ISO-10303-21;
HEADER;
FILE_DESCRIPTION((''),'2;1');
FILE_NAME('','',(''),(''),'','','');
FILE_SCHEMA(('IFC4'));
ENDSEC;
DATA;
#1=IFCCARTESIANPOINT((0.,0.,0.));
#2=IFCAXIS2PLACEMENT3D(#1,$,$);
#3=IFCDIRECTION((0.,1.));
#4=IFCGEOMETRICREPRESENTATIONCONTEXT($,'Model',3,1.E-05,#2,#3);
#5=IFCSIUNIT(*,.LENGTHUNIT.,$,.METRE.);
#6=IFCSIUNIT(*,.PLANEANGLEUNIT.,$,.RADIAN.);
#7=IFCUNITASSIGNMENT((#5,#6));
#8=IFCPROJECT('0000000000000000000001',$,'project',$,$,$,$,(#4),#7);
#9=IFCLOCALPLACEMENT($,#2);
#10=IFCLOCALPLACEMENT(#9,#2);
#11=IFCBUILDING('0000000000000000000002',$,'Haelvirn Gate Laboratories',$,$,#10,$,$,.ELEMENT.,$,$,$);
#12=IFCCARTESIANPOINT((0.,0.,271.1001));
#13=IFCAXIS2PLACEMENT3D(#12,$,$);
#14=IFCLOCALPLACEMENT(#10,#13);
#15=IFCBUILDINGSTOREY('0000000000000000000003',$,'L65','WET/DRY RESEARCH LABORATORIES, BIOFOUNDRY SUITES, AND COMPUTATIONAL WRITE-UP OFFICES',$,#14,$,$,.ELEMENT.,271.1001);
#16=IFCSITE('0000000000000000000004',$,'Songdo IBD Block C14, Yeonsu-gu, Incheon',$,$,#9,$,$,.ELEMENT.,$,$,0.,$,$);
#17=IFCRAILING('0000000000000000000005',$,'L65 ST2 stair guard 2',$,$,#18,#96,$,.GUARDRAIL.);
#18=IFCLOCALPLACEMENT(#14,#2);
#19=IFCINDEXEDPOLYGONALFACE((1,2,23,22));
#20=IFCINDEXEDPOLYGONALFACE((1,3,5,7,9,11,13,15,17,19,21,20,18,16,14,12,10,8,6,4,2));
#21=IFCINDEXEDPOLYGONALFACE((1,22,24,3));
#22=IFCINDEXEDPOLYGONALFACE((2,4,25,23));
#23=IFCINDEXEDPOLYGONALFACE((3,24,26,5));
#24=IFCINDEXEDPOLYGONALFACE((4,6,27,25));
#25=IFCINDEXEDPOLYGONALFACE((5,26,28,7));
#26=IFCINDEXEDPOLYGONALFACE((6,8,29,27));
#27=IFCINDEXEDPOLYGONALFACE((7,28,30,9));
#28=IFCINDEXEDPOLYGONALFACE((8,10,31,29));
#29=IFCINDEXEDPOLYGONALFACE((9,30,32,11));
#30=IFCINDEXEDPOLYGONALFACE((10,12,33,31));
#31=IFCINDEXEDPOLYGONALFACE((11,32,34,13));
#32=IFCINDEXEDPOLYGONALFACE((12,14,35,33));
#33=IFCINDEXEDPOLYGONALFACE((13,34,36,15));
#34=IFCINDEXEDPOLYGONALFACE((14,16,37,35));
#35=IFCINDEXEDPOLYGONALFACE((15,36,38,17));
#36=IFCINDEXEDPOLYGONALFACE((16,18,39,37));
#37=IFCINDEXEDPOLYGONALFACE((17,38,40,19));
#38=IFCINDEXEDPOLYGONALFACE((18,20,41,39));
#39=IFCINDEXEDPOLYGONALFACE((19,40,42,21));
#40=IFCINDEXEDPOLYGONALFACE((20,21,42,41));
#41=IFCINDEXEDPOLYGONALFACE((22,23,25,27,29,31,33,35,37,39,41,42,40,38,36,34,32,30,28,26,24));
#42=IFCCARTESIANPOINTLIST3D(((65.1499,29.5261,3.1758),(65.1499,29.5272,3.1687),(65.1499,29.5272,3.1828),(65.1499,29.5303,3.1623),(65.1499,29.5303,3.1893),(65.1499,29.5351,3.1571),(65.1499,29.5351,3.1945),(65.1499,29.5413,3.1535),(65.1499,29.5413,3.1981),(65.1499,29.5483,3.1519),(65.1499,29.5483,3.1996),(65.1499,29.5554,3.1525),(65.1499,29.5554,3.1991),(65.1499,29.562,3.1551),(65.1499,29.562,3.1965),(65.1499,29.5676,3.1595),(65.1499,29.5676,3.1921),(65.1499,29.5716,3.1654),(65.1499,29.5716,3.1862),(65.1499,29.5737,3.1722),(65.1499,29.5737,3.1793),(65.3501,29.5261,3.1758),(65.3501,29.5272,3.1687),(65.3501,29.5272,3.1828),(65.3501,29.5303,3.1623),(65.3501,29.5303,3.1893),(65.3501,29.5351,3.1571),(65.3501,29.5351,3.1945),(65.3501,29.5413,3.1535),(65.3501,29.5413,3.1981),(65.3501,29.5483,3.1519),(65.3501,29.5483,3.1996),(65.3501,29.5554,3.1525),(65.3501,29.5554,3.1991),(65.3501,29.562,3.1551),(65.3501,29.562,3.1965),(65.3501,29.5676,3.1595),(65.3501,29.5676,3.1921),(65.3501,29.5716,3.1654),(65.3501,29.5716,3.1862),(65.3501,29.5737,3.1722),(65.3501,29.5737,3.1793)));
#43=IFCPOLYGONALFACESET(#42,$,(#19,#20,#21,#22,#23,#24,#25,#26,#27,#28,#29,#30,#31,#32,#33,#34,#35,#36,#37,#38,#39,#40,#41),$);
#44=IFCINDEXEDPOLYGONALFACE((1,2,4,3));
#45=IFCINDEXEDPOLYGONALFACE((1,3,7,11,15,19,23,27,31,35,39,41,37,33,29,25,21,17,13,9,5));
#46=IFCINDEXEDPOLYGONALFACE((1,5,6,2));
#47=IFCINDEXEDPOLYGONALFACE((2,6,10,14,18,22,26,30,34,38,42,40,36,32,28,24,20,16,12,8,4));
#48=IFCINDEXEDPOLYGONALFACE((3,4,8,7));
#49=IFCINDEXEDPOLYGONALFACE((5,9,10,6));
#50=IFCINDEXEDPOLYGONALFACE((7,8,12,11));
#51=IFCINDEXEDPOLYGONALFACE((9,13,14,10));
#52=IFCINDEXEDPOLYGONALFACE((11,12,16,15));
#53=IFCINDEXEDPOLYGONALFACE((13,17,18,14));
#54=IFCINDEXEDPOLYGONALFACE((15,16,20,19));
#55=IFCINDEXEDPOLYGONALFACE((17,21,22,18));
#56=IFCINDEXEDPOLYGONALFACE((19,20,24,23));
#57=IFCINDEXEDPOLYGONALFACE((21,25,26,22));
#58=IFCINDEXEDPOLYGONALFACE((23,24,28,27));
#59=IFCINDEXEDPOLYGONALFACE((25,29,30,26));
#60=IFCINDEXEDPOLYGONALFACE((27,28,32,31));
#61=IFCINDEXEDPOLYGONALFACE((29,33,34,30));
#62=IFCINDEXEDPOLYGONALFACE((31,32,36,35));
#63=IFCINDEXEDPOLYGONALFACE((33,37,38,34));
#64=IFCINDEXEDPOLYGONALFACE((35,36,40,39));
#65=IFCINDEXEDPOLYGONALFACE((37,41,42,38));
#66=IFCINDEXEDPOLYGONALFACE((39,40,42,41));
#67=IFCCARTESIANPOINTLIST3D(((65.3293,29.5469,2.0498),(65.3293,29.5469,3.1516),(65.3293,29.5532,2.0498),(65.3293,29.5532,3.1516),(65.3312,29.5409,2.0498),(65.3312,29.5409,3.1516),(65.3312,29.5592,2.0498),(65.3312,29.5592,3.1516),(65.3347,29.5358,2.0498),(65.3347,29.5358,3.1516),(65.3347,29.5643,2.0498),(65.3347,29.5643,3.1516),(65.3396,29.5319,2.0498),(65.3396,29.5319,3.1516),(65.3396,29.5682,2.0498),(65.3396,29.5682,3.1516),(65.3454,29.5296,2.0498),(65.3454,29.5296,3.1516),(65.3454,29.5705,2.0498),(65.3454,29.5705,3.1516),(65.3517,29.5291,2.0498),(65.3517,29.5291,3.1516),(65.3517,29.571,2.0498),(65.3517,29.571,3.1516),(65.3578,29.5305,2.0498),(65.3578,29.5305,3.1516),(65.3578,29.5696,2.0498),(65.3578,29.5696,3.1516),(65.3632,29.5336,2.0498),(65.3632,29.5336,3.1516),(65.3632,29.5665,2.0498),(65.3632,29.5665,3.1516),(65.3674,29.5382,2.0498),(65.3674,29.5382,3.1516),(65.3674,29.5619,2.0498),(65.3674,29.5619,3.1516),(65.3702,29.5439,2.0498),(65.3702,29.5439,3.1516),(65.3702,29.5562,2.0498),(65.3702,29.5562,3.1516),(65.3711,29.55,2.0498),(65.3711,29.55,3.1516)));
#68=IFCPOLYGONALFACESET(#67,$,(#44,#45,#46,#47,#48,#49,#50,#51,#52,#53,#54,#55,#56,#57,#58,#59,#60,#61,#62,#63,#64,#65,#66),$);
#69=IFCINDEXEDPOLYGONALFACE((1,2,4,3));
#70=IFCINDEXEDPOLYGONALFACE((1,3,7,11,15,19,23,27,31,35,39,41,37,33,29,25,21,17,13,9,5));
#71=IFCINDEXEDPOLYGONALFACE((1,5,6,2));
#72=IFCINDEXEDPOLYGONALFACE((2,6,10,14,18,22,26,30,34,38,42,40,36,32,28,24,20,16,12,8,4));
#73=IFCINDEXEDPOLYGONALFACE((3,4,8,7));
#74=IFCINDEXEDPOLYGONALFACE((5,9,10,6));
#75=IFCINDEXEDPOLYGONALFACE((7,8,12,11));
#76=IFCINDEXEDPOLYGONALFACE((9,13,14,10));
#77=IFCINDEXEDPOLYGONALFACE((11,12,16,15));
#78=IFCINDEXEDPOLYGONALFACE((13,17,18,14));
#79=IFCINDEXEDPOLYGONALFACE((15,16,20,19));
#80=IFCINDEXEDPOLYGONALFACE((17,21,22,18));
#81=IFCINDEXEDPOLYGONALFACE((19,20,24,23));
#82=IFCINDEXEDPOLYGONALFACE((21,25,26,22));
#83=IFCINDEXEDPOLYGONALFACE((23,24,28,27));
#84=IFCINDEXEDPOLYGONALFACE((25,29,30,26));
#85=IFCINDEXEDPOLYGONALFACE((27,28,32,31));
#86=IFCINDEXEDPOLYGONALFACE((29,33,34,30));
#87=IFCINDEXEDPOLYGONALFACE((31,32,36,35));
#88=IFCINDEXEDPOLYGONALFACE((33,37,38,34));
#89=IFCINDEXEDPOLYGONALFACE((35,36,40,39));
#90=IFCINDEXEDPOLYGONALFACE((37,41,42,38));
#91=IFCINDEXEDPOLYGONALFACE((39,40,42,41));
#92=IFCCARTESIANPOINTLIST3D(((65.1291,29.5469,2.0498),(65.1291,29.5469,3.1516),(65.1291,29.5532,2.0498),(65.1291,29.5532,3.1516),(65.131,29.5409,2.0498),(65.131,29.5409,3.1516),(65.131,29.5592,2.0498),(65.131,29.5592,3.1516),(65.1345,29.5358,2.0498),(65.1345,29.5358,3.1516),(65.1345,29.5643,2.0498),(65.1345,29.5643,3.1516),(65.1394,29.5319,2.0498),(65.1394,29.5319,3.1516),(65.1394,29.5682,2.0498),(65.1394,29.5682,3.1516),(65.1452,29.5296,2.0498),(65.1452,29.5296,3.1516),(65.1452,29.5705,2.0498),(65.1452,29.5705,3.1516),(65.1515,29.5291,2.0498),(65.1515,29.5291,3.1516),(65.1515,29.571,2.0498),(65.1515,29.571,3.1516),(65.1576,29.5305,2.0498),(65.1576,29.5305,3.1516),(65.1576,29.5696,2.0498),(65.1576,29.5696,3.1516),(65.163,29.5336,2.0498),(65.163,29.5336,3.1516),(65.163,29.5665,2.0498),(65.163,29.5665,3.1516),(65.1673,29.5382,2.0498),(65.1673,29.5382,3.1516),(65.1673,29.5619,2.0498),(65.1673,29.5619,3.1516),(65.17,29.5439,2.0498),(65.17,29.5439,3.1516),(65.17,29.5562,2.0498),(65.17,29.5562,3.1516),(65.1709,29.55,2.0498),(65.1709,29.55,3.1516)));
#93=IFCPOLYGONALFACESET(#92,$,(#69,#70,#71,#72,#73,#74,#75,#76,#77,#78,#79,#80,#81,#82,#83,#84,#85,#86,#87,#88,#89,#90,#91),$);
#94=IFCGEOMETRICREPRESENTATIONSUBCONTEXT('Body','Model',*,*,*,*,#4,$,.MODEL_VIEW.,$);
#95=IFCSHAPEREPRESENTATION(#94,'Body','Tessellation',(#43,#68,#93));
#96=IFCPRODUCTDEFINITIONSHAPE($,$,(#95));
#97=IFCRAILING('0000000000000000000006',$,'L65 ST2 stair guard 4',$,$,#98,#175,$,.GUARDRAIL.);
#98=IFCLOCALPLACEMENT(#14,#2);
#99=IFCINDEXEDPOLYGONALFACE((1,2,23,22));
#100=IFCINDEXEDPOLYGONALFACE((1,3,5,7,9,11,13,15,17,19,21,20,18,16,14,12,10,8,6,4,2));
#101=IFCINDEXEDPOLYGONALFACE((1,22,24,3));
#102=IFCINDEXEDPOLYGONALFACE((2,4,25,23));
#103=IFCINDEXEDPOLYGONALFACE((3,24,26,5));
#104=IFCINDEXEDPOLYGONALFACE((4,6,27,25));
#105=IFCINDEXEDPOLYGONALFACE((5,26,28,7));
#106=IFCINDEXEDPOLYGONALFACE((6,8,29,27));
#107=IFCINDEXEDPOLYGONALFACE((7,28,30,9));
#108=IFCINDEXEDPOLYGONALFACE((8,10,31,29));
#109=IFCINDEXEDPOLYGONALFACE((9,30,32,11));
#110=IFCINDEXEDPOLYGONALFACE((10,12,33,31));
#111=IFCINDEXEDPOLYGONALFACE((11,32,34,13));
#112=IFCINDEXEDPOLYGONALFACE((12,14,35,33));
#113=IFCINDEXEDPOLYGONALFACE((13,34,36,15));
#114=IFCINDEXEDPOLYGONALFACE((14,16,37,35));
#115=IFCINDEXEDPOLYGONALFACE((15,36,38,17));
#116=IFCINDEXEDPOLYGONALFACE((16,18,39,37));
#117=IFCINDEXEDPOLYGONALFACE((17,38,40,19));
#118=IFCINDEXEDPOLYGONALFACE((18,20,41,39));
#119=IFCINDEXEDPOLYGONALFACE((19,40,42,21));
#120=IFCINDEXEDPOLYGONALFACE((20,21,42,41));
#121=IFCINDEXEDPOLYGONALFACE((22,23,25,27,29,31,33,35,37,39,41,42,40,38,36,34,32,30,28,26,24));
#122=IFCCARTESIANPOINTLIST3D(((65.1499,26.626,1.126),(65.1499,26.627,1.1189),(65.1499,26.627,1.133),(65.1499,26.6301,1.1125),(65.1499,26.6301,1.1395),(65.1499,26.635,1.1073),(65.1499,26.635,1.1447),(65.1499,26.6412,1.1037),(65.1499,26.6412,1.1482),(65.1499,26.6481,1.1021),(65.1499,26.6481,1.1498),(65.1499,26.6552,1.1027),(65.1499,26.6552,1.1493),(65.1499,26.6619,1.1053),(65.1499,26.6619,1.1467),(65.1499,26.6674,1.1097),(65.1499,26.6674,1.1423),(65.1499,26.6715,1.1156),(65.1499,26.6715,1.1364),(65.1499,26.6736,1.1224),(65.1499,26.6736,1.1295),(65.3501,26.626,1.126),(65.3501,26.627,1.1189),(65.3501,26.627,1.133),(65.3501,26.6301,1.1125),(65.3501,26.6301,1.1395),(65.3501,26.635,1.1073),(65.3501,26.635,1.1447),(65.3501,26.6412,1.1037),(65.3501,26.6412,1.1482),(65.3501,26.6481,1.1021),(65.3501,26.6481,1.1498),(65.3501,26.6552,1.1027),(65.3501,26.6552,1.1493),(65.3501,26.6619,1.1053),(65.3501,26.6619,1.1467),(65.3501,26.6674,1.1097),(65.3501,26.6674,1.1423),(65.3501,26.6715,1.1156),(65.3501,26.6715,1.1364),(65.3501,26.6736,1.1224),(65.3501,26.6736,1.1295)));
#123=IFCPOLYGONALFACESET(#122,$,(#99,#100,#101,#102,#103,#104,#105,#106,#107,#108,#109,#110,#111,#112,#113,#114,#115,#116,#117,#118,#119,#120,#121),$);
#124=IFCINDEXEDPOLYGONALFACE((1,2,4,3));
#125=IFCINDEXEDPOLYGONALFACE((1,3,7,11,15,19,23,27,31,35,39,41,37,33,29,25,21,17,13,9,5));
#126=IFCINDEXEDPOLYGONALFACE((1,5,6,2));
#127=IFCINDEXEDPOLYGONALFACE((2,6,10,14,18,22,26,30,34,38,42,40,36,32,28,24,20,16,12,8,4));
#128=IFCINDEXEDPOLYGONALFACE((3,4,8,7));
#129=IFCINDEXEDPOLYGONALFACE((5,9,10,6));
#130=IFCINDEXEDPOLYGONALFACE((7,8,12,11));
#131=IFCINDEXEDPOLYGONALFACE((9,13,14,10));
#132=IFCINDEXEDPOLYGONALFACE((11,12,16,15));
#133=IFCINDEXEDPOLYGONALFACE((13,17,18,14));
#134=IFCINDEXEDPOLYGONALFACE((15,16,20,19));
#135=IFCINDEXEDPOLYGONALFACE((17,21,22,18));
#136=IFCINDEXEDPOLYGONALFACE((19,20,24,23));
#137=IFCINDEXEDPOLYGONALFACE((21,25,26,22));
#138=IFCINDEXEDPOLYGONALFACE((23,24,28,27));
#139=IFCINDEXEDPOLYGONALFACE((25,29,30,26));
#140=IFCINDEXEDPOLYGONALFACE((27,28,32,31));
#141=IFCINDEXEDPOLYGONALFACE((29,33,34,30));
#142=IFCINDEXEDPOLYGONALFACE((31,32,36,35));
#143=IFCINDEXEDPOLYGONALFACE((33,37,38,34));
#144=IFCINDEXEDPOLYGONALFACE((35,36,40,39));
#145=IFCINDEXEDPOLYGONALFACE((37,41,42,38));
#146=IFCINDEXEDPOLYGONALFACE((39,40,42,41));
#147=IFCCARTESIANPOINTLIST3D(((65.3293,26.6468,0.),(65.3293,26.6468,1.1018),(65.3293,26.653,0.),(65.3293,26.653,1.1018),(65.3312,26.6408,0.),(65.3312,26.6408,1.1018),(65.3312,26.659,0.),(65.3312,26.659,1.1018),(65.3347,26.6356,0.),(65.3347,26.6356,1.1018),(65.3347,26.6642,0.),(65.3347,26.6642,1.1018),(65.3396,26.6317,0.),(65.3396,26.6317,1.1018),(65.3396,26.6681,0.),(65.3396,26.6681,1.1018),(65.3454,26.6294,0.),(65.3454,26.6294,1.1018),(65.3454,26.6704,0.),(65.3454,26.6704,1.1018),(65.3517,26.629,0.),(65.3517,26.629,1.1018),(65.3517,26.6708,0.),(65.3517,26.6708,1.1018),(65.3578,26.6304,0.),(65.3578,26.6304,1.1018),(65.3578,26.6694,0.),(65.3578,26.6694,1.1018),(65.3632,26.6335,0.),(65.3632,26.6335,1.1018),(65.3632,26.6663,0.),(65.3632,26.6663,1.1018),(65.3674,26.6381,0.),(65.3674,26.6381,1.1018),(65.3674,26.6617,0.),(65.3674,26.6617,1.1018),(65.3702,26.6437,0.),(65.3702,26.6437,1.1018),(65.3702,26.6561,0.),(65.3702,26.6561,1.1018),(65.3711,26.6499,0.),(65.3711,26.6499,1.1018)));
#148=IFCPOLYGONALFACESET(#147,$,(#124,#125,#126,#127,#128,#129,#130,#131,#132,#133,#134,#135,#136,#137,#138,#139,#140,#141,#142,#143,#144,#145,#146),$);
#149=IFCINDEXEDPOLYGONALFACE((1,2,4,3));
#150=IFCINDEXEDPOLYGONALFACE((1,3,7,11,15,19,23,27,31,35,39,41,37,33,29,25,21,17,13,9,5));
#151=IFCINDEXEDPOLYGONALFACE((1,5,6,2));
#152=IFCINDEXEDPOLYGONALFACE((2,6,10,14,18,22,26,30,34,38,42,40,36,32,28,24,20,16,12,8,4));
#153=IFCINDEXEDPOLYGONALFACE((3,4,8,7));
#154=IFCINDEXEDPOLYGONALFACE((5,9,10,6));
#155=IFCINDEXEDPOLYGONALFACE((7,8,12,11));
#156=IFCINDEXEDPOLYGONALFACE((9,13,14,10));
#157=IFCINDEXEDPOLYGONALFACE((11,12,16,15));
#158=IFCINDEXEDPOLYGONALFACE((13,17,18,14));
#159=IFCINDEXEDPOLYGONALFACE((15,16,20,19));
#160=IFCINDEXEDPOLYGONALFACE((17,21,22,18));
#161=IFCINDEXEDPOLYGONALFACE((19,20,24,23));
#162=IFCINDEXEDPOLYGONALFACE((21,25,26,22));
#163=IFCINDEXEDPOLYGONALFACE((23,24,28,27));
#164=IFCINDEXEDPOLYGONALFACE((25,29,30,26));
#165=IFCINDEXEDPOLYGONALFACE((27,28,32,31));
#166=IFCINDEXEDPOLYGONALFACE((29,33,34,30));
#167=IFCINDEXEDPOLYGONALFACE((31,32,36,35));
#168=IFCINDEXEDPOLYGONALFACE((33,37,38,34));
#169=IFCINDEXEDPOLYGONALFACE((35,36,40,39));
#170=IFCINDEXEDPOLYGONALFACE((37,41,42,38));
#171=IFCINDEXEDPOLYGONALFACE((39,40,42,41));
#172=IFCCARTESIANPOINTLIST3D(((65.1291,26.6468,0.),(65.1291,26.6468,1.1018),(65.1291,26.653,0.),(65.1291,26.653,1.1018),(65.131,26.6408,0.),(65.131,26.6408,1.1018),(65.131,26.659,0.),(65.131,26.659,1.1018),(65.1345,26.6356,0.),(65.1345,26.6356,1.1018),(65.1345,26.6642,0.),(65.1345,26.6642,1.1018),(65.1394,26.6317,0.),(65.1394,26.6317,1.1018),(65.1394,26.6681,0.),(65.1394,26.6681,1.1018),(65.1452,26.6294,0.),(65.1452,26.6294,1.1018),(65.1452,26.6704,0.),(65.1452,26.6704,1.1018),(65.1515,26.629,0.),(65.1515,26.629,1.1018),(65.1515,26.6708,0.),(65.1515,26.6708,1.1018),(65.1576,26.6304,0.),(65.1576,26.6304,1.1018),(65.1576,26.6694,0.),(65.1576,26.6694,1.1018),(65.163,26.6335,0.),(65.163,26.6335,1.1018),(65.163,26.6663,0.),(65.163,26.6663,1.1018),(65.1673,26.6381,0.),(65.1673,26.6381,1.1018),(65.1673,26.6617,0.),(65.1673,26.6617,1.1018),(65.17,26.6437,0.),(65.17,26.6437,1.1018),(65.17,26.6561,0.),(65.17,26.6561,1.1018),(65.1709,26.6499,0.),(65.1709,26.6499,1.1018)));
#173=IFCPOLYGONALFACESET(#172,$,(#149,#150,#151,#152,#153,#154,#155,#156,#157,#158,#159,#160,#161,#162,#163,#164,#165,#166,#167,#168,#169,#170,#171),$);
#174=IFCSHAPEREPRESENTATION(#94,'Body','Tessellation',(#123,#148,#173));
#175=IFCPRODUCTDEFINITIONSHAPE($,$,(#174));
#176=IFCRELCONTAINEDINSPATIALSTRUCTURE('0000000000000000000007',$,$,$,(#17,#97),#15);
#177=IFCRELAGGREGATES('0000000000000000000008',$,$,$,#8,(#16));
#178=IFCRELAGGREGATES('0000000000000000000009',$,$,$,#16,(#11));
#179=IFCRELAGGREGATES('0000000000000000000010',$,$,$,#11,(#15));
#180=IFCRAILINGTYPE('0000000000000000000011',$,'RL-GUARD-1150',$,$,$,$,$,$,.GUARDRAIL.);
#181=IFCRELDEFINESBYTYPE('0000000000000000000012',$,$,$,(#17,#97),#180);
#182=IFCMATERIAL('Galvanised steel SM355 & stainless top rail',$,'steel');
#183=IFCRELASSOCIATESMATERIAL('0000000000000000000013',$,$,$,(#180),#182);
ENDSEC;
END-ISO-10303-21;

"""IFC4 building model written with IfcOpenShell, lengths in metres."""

from ifc_helpers import new_model, si_unit, direction, frame, origin, origin_2d, place, context, subcontext, project, spatial, circle, extrude, source, transform, mapped, material, type_object, element, save


model = new_model("IFC4")

# Units and contexts
model_context = context("Model", 3, precision=1e-05, world=origin(), true_north=direction((0.0, 1.0)))
body_context = subcontext(model_context, "Body", "Model", "MODEL_VIEW")
ifc_project = project(units=[si_unit("LENGTHUNIT", "METRE"), si_unit("PLANEANGLEUNIT", "RADIAN")], contexts=[model_context])

# Site, building, storey
site_placement = place(None, origin())
site = spatial("IfcSite", under=ifc_project, at=site_placement, Name="Songdo IBD Block C14, Yeonsu-gu, Incheon", CompositionType="ELEMENT", RefElevation=0.0)
building_placement = place(site_placement, origin())
building = spatial("IfcBuilding", under=site, at=building_placement, Name="Haelvirn Gate Laboratories", CompositionType="ELEMENT")
storey_placement = place(building_placement, frame((0.0, 0.0, 271.1001)))
storey = spatial("IfcBuildingStorey", under=building, at=storey_placement, Name="L65", Description="WET/DRY RESEARCH LABORATORIES, BIOFOUNDRY SUITES, AND COMPUTATIONAL WRITE-UP OFFICES", CompositionType="ELEMENT", Elevation=271.1001)

# Railings
ifc_material_1 = material(Name="Galvanised steel SM355 & stainless top rail", Category="steel")
railing_type_1 = type_object("IfcRailingType", Name="RL-GUARD-1150", PredefinedType="GUARDRAIL", material=ifc_material_1)
shared_shape_1 = source(origin(), body_context, "Body", "SweptSolid", [
    extrude(circle(Radius=0.0239, at=origin_2d()), frame((0.0, 0.0, 1.126), z_axis=(-1.0, 0.0, 0.0), x_axis=(0.0, -1.0, 0.0)), (0.0, 0.0, 1.0), 0.2002),
    extrude(circle(Radius=0.021, at=origin_2d()), origin(), (0.0, 0.0, 1.0), 1.1018),
    extrude(circle(Radius=0.021, at=origin_2d()), frame((-0.2002, 0.0, 0.0)), (0.0, 0.0, 1.0), 1.1018),
])
for number, where, name in (
    (1, (65.3501, 29.55, 2.0498), "L65 ST2 stair guard 2"),
    (2, (65.3501, 26.6499, 0.0), "L65 ST2 stair guard 4"),
):
    element("IfcRailing", number, at=place(storey_placement, frame(where)), inside=storey, type_object=railing_type_1, Name=name, PredefinedType="GUARDRAIL", context=body_context, shape_type="MappedRepresentation", body=[
        mapped(shared_shape_1, transform((0.0, 0.0, 0.0), scale=1.0)),
    ])

save(model, "model.ifc")
